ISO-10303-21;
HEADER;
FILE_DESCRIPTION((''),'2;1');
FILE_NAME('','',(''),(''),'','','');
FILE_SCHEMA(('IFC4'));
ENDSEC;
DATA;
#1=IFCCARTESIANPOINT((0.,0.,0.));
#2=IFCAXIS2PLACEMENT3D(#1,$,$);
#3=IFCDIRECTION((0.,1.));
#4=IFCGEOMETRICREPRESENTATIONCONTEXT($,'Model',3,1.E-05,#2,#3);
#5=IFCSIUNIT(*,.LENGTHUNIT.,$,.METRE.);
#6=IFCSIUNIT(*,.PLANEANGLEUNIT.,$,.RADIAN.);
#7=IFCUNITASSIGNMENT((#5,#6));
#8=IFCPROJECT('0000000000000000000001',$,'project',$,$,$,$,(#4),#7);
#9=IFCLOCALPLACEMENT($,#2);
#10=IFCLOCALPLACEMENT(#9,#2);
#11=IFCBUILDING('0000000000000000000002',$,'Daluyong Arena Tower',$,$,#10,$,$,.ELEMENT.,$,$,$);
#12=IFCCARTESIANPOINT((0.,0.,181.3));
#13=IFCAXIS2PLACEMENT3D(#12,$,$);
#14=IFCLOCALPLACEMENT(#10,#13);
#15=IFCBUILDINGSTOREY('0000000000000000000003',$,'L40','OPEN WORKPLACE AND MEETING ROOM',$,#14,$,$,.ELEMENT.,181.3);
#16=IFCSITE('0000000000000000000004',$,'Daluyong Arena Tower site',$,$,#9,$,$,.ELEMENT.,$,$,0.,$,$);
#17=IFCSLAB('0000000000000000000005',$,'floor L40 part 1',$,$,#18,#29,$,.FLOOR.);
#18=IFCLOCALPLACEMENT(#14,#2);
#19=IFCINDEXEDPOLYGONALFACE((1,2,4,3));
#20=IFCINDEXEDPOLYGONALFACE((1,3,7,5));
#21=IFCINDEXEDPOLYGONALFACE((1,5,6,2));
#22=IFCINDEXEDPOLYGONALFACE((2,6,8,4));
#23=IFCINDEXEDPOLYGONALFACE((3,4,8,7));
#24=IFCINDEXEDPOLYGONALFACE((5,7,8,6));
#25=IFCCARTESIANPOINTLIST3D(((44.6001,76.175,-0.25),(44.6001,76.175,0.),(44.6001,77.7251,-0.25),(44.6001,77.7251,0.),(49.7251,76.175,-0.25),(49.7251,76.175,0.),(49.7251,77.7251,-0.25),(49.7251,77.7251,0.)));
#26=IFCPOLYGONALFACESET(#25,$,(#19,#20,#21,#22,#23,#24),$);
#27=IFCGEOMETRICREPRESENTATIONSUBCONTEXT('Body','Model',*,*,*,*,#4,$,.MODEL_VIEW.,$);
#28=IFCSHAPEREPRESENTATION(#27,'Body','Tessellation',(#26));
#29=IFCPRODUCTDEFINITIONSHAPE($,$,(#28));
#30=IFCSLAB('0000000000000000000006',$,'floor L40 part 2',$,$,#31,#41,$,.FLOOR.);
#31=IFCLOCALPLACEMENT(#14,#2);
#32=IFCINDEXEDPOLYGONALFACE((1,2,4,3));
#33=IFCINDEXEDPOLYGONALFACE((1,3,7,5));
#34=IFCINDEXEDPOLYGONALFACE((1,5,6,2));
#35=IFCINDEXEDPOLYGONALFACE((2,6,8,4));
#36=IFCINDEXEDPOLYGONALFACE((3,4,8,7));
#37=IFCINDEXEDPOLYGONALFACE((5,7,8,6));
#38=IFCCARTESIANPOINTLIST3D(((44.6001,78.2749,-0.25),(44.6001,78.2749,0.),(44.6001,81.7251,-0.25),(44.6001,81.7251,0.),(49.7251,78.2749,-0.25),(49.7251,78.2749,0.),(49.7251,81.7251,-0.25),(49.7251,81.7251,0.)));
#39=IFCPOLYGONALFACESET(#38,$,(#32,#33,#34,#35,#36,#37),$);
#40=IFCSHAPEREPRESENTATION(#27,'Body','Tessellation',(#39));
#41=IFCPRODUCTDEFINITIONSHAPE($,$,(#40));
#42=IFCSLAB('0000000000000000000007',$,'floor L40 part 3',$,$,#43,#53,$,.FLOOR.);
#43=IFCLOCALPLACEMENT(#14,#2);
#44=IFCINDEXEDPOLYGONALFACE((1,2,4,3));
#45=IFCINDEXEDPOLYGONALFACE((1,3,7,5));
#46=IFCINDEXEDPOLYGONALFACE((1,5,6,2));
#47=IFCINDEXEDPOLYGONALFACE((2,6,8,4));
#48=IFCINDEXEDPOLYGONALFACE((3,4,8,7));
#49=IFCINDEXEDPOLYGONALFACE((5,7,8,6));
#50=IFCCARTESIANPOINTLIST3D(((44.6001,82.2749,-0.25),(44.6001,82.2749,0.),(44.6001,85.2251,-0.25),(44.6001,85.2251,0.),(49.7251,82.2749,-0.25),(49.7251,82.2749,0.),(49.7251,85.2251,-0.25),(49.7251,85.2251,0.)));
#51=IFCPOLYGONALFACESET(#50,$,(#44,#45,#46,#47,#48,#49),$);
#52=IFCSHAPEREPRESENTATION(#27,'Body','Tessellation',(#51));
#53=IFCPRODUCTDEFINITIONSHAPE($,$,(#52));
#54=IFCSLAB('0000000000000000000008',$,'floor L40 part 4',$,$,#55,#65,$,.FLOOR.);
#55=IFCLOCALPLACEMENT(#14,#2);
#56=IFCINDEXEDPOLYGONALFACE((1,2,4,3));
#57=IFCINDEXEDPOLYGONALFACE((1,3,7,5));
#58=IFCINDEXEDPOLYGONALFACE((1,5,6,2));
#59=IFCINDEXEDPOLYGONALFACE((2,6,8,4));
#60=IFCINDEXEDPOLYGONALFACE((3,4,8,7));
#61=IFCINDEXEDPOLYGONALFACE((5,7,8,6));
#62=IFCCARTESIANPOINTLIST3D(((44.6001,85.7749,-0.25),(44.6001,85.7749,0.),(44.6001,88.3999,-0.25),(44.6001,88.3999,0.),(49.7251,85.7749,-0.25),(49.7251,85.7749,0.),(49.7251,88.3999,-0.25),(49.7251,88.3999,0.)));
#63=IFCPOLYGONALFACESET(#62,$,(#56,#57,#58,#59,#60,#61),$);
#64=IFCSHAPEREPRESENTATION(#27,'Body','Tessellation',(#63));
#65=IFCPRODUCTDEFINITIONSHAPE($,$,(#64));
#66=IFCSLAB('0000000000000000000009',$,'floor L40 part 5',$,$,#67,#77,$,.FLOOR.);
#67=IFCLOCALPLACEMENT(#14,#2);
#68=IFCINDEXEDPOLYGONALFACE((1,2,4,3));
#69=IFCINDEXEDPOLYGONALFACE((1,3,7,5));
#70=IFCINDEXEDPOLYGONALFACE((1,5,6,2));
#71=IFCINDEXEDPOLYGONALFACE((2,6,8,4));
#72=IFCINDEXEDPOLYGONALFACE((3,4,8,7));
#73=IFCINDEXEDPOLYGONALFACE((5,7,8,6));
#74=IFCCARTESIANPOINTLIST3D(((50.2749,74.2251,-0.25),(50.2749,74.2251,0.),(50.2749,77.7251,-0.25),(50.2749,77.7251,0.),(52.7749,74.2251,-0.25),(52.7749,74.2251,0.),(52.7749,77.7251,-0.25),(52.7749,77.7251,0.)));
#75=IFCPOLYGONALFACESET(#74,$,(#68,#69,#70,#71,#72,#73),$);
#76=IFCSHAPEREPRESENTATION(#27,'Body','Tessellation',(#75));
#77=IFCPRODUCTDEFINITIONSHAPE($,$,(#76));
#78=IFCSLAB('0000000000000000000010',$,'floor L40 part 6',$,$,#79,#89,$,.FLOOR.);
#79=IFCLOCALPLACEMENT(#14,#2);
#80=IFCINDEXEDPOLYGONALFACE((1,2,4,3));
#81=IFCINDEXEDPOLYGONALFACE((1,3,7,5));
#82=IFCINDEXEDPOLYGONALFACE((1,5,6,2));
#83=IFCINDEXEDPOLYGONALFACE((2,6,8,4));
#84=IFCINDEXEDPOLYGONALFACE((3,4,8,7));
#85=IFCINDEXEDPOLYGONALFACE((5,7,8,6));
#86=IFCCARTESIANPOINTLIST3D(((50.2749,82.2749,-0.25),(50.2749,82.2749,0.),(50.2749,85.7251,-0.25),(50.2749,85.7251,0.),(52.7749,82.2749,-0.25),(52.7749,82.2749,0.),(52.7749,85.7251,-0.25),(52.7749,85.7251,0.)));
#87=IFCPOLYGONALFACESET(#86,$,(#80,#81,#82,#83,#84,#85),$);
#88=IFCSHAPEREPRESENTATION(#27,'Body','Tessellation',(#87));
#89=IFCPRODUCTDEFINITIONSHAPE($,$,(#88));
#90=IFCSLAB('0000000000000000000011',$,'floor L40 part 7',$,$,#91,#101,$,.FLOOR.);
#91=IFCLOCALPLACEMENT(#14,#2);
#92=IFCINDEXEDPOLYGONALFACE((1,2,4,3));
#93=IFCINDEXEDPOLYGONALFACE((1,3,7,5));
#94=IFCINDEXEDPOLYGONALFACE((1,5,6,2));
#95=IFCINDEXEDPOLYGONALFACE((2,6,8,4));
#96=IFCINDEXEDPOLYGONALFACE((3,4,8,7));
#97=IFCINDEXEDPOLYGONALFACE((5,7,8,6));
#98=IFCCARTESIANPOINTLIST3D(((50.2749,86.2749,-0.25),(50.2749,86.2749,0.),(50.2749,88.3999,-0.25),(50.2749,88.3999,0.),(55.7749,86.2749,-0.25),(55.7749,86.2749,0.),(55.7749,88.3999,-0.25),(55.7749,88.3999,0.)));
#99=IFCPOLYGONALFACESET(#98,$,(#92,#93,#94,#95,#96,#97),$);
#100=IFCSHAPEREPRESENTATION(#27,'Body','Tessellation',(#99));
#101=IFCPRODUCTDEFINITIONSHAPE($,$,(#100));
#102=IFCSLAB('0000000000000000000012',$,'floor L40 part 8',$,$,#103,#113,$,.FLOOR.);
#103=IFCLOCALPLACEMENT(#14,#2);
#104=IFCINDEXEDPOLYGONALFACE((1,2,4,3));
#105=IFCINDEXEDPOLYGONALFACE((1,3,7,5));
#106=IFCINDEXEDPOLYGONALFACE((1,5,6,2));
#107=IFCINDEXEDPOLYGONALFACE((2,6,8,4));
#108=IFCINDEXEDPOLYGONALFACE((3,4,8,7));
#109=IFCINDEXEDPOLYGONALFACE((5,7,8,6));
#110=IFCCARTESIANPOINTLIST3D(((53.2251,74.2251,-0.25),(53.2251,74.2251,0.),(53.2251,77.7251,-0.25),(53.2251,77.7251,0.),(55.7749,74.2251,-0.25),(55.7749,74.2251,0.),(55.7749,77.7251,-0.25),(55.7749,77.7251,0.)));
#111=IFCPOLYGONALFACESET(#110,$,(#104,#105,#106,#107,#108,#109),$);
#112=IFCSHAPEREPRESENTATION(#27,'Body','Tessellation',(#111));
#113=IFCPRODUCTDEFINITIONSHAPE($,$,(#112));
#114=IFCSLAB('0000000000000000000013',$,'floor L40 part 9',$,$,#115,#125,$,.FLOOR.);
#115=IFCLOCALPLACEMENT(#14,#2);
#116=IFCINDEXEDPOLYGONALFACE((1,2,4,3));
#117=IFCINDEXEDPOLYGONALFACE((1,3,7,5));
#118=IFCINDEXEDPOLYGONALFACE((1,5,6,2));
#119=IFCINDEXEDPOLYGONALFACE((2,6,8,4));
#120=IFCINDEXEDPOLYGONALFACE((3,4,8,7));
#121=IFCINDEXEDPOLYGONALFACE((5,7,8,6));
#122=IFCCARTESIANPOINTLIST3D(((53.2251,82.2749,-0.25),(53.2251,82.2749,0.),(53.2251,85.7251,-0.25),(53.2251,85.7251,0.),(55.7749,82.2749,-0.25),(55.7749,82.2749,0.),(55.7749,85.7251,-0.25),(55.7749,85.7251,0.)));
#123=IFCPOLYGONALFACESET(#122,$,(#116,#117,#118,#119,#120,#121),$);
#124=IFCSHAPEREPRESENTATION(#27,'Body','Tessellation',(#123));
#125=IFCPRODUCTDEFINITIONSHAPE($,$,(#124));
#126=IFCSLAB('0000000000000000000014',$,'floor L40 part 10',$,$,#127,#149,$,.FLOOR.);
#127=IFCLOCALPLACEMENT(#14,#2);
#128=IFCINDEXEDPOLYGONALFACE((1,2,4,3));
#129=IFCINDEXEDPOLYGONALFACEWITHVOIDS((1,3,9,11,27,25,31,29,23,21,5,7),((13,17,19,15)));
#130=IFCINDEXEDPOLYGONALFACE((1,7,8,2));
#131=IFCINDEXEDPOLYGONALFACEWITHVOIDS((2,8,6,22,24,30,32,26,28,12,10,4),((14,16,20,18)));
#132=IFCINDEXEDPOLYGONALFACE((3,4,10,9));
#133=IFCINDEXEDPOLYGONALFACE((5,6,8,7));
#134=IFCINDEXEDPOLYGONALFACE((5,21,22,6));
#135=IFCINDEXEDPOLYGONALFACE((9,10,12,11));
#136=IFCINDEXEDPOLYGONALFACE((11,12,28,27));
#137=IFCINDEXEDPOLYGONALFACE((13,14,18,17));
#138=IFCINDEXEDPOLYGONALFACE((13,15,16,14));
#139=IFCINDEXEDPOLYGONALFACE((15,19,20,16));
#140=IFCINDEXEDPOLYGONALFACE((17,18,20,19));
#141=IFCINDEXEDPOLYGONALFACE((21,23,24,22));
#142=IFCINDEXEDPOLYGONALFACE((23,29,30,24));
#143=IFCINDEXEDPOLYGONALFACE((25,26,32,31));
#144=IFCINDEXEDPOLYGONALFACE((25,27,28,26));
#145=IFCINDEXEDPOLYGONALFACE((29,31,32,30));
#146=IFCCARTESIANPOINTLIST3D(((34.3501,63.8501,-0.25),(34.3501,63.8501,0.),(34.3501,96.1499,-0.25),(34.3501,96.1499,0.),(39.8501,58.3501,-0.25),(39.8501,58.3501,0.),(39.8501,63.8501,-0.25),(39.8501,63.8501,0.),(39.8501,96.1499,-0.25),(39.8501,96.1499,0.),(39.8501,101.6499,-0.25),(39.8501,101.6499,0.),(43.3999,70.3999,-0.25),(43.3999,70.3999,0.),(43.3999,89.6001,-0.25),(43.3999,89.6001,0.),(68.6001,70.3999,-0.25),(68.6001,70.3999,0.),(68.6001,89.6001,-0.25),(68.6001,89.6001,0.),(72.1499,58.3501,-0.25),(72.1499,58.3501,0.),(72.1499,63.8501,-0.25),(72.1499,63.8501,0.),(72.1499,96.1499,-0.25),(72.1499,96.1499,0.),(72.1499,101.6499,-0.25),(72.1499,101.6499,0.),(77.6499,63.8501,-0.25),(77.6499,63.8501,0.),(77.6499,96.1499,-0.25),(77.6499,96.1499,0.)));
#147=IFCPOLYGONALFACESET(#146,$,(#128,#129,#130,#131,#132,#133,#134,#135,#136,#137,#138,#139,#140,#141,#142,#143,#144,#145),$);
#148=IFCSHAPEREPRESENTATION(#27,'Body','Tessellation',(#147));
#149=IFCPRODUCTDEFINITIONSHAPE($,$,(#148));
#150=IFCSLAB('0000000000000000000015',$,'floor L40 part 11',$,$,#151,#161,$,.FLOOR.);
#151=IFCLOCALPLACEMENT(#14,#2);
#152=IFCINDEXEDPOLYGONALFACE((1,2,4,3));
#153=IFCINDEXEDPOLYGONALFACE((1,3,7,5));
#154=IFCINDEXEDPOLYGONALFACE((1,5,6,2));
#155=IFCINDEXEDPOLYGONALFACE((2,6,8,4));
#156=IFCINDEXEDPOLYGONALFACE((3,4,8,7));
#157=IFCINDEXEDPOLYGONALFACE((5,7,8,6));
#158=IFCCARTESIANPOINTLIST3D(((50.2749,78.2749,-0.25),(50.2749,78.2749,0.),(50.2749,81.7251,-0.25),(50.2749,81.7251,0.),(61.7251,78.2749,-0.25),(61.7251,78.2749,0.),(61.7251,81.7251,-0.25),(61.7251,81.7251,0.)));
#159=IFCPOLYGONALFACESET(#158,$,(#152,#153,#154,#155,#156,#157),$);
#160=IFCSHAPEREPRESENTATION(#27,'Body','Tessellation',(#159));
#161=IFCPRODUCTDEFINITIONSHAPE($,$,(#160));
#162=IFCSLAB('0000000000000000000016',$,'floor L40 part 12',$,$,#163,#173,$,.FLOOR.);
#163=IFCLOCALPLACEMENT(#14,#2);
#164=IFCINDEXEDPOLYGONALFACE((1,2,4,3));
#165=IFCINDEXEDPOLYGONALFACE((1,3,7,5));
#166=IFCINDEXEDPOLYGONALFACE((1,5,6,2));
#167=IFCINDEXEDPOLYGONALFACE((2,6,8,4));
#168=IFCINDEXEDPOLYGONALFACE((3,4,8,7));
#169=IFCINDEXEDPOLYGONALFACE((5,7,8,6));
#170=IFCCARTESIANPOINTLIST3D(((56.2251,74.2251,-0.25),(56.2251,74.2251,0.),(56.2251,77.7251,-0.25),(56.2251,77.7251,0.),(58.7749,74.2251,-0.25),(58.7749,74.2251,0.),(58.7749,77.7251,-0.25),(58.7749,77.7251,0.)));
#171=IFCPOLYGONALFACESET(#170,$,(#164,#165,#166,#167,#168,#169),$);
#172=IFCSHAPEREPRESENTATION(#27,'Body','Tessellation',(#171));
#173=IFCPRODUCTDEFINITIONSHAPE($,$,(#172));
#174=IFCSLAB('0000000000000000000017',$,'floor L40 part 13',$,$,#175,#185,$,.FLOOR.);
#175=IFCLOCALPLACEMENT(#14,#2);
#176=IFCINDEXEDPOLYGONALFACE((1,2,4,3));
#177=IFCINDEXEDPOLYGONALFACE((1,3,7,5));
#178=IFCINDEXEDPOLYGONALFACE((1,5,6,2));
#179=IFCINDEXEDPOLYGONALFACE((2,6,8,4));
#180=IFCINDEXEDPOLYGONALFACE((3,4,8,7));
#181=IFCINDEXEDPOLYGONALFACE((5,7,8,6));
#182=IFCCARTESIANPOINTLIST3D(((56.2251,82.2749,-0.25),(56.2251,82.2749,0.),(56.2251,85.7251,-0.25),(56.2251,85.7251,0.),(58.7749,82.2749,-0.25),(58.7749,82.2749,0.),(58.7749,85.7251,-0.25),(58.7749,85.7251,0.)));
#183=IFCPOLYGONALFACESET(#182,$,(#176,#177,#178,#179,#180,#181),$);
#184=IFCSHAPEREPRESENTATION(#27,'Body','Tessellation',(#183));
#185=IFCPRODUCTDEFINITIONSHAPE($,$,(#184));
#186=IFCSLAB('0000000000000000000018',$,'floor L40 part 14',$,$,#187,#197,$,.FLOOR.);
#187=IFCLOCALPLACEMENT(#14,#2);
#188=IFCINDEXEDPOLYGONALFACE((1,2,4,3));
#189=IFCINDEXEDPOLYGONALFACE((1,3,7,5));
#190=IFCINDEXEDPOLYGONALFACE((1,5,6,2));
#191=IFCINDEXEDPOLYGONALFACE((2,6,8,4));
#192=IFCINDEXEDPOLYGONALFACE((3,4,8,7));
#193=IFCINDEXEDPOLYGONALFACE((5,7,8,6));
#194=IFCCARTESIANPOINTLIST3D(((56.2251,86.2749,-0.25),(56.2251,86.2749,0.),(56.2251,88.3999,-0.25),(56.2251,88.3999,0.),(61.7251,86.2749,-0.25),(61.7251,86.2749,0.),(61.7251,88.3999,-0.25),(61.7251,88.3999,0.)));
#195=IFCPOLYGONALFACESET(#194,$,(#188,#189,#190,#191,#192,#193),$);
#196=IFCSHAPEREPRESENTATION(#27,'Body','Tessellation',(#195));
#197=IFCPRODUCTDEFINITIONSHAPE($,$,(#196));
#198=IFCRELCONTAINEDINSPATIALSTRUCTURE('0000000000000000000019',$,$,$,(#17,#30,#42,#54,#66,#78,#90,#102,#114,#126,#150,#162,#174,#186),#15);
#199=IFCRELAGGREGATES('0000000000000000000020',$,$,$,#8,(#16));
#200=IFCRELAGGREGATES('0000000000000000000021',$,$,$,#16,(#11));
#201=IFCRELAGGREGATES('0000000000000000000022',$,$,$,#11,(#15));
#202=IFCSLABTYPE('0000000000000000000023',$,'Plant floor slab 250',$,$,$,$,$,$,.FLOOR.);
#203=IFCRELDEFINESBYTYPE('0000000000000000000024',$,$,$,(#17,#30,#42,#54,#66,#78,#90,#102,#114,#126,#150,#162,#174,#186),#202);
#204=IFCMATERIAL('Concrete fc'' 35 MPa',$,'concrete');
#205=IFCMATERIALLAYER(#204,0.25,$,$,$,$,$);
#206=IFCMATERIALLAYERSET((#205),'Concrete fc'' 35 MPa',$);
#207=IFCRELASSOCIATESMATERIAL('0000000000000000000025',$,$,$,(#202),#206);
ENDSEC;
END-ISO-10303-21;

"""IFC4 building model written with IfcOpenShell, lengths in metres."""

from ifc_helpers import new_model, si_unit, direction, frame, origin, place, context, subcontext, project, spatial, polyline, outline, extrude, material, layer, layer_set, type_object, element, save


model = new_model("IFC4")

# Units and contexts
model_context = context("Model", 3, precision=1e-05, world=origin(), true_north=direction((0.0, 1.0)))
body_context = subcontext(model_context, "Body", "Model", "MODEL_VIEW")
ifc_project = project(units=[si_unit("LENGTHUNIT", "METRE"), si_unit("PLANEANGLEUNIT", "RADIAN")], contexts=[model_context])

# Site, building, storey
site_placement = place(None, origin())
site = spatial("IfcSite", under=ifc_project, at=site_placement, Name="Daluyong Arena Tower site", CompositionType="ELEMENT", RefElevation=0.0)
building_placement = place(site_placement, origin())
building = spatial("IfcBuilding", under=site, at=building_placement, Name="Daluyong Arena Tower", CompositionType="ELEMENT")
storey_placement = place(building_placement, frame((0.0, 0.0, 181.3)))
storey = spatial("IfcBuildingStorey", under=building, at=storey_placement, Name="L40", Description="OPEN WORKPLACE AND MEETING ROOM", CompositionType="ELEMENT", Elevation=181.3)

# Slabs
ifc_material_1 = material(Name="Concrete fc' 35 MPa", Category="concrete")
ifc_layer_1 = layer(ifc_material_1, 0.25)
ifc_layer_set_1 = layer_set([ifc_layer_1], Name="Concrete fc' 35 MPa")
slab_type_1 = type_object("IfcSlabType", Name="Plant floor slab 250", PredefinedType="FLOOR", material=ifc_layer_set_1)
slab_1_placement = place(storey_placement, frame((0.0, 0.0, -0.25)))
element("IfcSlab", 1, at=slab_1_placement, inside=storey, type_object=slab_type_1, Name="floor L40 part 1", PredefinedType="FLOOR", context=body_context, shape_type="SweptSolid", body=[
    extrude(outline(polyline([(49.7251, 77.7251), (44.6001, 77.7251), (44.6001, 76.175), (49.7251, 76.175), (49.7251, 77.7251)])), origin(), (0.0, 0.0, 1.0), 0.25),
])
slab_2_placement = place(storey_placement, frame((0.0, 0.0, -0.25)))
element("IfcSlab", 2, at=slab_2_placement, inside=storey, type_object=slab_type_1, Name="floor L40 part 2", PredefinedType="FLOOR", context=body_context, shape_type="SweptSolid", body=[
    extrude(outline(polyline([(49.7251, 78.2749), (49.7251, 81.7251), (44.6001, 81.7251), (44.6001, 78.2749), (49.7251, 78.2749)])), origin(), (0.0, 0.0, 1.0), 0.25),
])
slab_3_placement = place(storey_placement, frame((0.0, 0.0, -0.25)))
element("IfcSlab", 3, at=slab_3_placement, inside=storey, type_object=slab_type_1, Name="floor L40 part 3", PredefinedType="FLOOR", context=body_context, shape_type="SweptSolid", body=[
    extrude(outline(polyline([(49.7251, 82.2749), (49.7251, 85.2251), (44.6001, 85.2251), (44.6001, 82.2749), (49.7251, 82.2749)])), origin(), (0.0, 0.0, 1.0), 0.25),
])
slab_4_placement = place(storey_placement, frame((0.0, 0.0, -0.25)))
element("IfcSlab", 4, at=slab_4_placement, inside=storey, type_object=slab_type_1, Name="floor L40 part 4", PredefinedType="FLOOR", context=body_context, shape_type="SweptSolid", body=[
    extrude(outline(polyline([(44.6001, 88.3999), (44.6001, 85.7749), (49.7251, 85.7749), (49.7251, 88.3999), (44.6001, 88.3999)])), origin(), (0.0, 0.0, 1.0), 0.25),
])
slab_5_placement = place(storey_placement, frame((0.0, 0.0, -0.25)))
element("IfcSlab", 5, at=slab_5_placement, inside=storey, type_object=slab_type_1, Name="floor L40 part 5", PredefinedType="FLOOR", context=body_context, shape_type="SweptSolid", body=[
    extrude(outline(polyline([(50.2749, 77.7251), (50.2749, 74.2251), (52.7749, 74.2251), (52.7749, 77.7251), (50.2749, 77.7251)])), origin(), (0.0, 0.0, 1.0), 0.25),
])
slab_6_placement = place(storey_placement, frame((0.0, 0.0, -0.25)))
element("IfcSlab", 6, at=slab_6_placement, inside=storey, type_object=slab_type_1, Name="floor L40 part 6", PredefinedType="FLOOR", context=body_context, shape_type="SweptSolid", body=[
    extrude(outline(polyline([(50.2749, 85.7251), (50.2749, 82.2749), (52.7749, 82.2749), (52.7749, 85.7251), (50.2749, 85.7251)])), origin(), (0.0, 0.0, 1.0), 0.25),
])
slab_7_placement = place(storey_placement, frame((0.0, 0.0, -0.25)))
element("IfcSlab", 7, at=slab_7_placement, inside=storey, type_object=slab_type_1, Name="floor L40 part 7", PredefinedType="FLOOR", context=body_context, shape_type="SweptSolid", body=[
    extrude(outline(polyline([(50.2749, 88.3999), (50.2749, 86.2749), (55.7749, 86.2749), (55.7749, 88.3999), (50.2749, 88.3999)])), origin(), (0.0, 0.0, 1.0), 0.25),
])
slab_8_placement = place(storey_placement, frame((0.0, 0.0, -0.25)))
element("IfcSlab", 8, at=slab_8_placement, inside=storey, type_object=slab_type_1, Name="floor L40 part 8", PredefinedType="FLOOR", context=body_context, shape_type="SweptSolid", body=[
    extrude(outline(polyline([(53.2251, 77.7251), (53.2251, 74.2251), (55.7749, 74.2251), (55.7749, 77.7251), (53.2251, 77.7251)])), origin(), (0.0, 0.0, 1.0), 0.25),
])
slab_9_placement = place(storey_placement, frame((0.0, 0.0, -0.25)))
element("IfcSlab", 9, at=slab_9_placement, inside=storey, type_object=slab_type_1, Name="floor L40 part 9", PredefinedType="FLOOR", context=body_context, shape_type="SweptSolid", body=[
    extrude(outline(polyline([(53.2251, 85.7251), (53.2251, 82.2749), (55.7749, 82.2749), (55.7749, 85.7251), (53.2251, 85.7251)])), origin(), (0.0, 0.0, 1.0), 0.25),
])
slab_10_placement = place(storey_placement, frame((0.0, 0.0, -0.25)))
element("IfcSlab", 10, at=slab_10_placement, inside=storey, type_object=slab_type_1, Name="floor L40 part 10", PredefinedType="FLOOR", context=body_context, shape_type="SweptSolid", body=[
    extrude(outline(polyline([(39.8501, 63.8501), (39.8501, 58.3501), (72.1499, 58.3501), (72.1499, 63.8501), (77.6499, 63.8501), (77.6499, 96.1499), (72.1499, 96.1499), (72.1499, 101.6499), (39.8501, 101.6499), (39.8501, 96.1499), (34.3501, 96.1499), (34.3501, 63.8501), (39.8501, 63.8501)]), holes=[polyline([(68.6001, 89.6001), (68.6001, 70.3999), (43.3999, 70.3999), (43.3999, 89.6001), (68.6001, 89.6001)])]), origin(), (0.0, 0.0, 1.0), 0.25),
])
slab_11_placement = place(storey_placement, frame((0.0, 0.0, -0.25)))
element("IfcSlab", 11, at=slab_11_placement, inside=storey, type_object=slab_type_1, Name="floor L40 part 11", PredefinedType="FLOOR", context=body_context, shape_type="SweptSolid", body=[
    extrude(outline(polyline([(61.7251, 81.7251), (50.2749, 81.7251), (50.2749, 78.2749), (61.7251, 78.2749), (61.7251, 81.7251)])), origin(), (0.0, 0.0, 1.0), 0.25),
])
slab_12_placement = place(storey_placement, frame((0.0, 0.0, -0.25)))
element("IfcSlab", 12, at=slab_12_placement, inside=storey, type_object=slab_type_1, Name="floor L40 part 12", PredefinedType="FLOOR", context=body_context, shape_type="SweptSolid", body=[
    extrude(outline(polyline([(56.2251, 77.7251), (56.2251, 74.2251), (58.7749, 74.2251), (58.7749, 77.7251), (56.2251, 77.7251)])), origin(), (0.0, 0.0, 1.0), 0.25),
])
slab_13_placement = place(storey_placement, frame((0.0, 0.0, -0.25)))
element("IfcSlab", 13, at=slab_13_placement, inside=storey, type_object=slab_type_1, Name="floor L40 part 13", PredefinedType="FLOOR", context=body_context, shape_type="SweptSolid", body=[
    extrude(outline(polyline([(56.2251, 85.7251), (56.2251, 82.2749), (58.7749, 82.2749), (58.7749, 85.7251), (56.2251, 85.7251)])), origin(), (0.0, 0.0, 1.0), 0.25),
])
slab_14_placement = place(storey_placement, frame((0.0, 0.0, -0.25)))
element("IfcSlab", 14, at=slab_14_placement, inside=storey, type_object=slab_type_1, Name="floor L40 part 14", PredefinedType="FLOOR", context=body_context, shape_type="SweptSolid", body=[
    extrude(outline(polyline([(56.2251, 86.2749), (61.7251, 86.2749), (61.7251, 88.3999), (56.2251, 88.3999), (56.2251, 86.2749)])), origin(), (0.0, 0.0, 1.0), 0.25),
])

save(model, "model.ifc")
